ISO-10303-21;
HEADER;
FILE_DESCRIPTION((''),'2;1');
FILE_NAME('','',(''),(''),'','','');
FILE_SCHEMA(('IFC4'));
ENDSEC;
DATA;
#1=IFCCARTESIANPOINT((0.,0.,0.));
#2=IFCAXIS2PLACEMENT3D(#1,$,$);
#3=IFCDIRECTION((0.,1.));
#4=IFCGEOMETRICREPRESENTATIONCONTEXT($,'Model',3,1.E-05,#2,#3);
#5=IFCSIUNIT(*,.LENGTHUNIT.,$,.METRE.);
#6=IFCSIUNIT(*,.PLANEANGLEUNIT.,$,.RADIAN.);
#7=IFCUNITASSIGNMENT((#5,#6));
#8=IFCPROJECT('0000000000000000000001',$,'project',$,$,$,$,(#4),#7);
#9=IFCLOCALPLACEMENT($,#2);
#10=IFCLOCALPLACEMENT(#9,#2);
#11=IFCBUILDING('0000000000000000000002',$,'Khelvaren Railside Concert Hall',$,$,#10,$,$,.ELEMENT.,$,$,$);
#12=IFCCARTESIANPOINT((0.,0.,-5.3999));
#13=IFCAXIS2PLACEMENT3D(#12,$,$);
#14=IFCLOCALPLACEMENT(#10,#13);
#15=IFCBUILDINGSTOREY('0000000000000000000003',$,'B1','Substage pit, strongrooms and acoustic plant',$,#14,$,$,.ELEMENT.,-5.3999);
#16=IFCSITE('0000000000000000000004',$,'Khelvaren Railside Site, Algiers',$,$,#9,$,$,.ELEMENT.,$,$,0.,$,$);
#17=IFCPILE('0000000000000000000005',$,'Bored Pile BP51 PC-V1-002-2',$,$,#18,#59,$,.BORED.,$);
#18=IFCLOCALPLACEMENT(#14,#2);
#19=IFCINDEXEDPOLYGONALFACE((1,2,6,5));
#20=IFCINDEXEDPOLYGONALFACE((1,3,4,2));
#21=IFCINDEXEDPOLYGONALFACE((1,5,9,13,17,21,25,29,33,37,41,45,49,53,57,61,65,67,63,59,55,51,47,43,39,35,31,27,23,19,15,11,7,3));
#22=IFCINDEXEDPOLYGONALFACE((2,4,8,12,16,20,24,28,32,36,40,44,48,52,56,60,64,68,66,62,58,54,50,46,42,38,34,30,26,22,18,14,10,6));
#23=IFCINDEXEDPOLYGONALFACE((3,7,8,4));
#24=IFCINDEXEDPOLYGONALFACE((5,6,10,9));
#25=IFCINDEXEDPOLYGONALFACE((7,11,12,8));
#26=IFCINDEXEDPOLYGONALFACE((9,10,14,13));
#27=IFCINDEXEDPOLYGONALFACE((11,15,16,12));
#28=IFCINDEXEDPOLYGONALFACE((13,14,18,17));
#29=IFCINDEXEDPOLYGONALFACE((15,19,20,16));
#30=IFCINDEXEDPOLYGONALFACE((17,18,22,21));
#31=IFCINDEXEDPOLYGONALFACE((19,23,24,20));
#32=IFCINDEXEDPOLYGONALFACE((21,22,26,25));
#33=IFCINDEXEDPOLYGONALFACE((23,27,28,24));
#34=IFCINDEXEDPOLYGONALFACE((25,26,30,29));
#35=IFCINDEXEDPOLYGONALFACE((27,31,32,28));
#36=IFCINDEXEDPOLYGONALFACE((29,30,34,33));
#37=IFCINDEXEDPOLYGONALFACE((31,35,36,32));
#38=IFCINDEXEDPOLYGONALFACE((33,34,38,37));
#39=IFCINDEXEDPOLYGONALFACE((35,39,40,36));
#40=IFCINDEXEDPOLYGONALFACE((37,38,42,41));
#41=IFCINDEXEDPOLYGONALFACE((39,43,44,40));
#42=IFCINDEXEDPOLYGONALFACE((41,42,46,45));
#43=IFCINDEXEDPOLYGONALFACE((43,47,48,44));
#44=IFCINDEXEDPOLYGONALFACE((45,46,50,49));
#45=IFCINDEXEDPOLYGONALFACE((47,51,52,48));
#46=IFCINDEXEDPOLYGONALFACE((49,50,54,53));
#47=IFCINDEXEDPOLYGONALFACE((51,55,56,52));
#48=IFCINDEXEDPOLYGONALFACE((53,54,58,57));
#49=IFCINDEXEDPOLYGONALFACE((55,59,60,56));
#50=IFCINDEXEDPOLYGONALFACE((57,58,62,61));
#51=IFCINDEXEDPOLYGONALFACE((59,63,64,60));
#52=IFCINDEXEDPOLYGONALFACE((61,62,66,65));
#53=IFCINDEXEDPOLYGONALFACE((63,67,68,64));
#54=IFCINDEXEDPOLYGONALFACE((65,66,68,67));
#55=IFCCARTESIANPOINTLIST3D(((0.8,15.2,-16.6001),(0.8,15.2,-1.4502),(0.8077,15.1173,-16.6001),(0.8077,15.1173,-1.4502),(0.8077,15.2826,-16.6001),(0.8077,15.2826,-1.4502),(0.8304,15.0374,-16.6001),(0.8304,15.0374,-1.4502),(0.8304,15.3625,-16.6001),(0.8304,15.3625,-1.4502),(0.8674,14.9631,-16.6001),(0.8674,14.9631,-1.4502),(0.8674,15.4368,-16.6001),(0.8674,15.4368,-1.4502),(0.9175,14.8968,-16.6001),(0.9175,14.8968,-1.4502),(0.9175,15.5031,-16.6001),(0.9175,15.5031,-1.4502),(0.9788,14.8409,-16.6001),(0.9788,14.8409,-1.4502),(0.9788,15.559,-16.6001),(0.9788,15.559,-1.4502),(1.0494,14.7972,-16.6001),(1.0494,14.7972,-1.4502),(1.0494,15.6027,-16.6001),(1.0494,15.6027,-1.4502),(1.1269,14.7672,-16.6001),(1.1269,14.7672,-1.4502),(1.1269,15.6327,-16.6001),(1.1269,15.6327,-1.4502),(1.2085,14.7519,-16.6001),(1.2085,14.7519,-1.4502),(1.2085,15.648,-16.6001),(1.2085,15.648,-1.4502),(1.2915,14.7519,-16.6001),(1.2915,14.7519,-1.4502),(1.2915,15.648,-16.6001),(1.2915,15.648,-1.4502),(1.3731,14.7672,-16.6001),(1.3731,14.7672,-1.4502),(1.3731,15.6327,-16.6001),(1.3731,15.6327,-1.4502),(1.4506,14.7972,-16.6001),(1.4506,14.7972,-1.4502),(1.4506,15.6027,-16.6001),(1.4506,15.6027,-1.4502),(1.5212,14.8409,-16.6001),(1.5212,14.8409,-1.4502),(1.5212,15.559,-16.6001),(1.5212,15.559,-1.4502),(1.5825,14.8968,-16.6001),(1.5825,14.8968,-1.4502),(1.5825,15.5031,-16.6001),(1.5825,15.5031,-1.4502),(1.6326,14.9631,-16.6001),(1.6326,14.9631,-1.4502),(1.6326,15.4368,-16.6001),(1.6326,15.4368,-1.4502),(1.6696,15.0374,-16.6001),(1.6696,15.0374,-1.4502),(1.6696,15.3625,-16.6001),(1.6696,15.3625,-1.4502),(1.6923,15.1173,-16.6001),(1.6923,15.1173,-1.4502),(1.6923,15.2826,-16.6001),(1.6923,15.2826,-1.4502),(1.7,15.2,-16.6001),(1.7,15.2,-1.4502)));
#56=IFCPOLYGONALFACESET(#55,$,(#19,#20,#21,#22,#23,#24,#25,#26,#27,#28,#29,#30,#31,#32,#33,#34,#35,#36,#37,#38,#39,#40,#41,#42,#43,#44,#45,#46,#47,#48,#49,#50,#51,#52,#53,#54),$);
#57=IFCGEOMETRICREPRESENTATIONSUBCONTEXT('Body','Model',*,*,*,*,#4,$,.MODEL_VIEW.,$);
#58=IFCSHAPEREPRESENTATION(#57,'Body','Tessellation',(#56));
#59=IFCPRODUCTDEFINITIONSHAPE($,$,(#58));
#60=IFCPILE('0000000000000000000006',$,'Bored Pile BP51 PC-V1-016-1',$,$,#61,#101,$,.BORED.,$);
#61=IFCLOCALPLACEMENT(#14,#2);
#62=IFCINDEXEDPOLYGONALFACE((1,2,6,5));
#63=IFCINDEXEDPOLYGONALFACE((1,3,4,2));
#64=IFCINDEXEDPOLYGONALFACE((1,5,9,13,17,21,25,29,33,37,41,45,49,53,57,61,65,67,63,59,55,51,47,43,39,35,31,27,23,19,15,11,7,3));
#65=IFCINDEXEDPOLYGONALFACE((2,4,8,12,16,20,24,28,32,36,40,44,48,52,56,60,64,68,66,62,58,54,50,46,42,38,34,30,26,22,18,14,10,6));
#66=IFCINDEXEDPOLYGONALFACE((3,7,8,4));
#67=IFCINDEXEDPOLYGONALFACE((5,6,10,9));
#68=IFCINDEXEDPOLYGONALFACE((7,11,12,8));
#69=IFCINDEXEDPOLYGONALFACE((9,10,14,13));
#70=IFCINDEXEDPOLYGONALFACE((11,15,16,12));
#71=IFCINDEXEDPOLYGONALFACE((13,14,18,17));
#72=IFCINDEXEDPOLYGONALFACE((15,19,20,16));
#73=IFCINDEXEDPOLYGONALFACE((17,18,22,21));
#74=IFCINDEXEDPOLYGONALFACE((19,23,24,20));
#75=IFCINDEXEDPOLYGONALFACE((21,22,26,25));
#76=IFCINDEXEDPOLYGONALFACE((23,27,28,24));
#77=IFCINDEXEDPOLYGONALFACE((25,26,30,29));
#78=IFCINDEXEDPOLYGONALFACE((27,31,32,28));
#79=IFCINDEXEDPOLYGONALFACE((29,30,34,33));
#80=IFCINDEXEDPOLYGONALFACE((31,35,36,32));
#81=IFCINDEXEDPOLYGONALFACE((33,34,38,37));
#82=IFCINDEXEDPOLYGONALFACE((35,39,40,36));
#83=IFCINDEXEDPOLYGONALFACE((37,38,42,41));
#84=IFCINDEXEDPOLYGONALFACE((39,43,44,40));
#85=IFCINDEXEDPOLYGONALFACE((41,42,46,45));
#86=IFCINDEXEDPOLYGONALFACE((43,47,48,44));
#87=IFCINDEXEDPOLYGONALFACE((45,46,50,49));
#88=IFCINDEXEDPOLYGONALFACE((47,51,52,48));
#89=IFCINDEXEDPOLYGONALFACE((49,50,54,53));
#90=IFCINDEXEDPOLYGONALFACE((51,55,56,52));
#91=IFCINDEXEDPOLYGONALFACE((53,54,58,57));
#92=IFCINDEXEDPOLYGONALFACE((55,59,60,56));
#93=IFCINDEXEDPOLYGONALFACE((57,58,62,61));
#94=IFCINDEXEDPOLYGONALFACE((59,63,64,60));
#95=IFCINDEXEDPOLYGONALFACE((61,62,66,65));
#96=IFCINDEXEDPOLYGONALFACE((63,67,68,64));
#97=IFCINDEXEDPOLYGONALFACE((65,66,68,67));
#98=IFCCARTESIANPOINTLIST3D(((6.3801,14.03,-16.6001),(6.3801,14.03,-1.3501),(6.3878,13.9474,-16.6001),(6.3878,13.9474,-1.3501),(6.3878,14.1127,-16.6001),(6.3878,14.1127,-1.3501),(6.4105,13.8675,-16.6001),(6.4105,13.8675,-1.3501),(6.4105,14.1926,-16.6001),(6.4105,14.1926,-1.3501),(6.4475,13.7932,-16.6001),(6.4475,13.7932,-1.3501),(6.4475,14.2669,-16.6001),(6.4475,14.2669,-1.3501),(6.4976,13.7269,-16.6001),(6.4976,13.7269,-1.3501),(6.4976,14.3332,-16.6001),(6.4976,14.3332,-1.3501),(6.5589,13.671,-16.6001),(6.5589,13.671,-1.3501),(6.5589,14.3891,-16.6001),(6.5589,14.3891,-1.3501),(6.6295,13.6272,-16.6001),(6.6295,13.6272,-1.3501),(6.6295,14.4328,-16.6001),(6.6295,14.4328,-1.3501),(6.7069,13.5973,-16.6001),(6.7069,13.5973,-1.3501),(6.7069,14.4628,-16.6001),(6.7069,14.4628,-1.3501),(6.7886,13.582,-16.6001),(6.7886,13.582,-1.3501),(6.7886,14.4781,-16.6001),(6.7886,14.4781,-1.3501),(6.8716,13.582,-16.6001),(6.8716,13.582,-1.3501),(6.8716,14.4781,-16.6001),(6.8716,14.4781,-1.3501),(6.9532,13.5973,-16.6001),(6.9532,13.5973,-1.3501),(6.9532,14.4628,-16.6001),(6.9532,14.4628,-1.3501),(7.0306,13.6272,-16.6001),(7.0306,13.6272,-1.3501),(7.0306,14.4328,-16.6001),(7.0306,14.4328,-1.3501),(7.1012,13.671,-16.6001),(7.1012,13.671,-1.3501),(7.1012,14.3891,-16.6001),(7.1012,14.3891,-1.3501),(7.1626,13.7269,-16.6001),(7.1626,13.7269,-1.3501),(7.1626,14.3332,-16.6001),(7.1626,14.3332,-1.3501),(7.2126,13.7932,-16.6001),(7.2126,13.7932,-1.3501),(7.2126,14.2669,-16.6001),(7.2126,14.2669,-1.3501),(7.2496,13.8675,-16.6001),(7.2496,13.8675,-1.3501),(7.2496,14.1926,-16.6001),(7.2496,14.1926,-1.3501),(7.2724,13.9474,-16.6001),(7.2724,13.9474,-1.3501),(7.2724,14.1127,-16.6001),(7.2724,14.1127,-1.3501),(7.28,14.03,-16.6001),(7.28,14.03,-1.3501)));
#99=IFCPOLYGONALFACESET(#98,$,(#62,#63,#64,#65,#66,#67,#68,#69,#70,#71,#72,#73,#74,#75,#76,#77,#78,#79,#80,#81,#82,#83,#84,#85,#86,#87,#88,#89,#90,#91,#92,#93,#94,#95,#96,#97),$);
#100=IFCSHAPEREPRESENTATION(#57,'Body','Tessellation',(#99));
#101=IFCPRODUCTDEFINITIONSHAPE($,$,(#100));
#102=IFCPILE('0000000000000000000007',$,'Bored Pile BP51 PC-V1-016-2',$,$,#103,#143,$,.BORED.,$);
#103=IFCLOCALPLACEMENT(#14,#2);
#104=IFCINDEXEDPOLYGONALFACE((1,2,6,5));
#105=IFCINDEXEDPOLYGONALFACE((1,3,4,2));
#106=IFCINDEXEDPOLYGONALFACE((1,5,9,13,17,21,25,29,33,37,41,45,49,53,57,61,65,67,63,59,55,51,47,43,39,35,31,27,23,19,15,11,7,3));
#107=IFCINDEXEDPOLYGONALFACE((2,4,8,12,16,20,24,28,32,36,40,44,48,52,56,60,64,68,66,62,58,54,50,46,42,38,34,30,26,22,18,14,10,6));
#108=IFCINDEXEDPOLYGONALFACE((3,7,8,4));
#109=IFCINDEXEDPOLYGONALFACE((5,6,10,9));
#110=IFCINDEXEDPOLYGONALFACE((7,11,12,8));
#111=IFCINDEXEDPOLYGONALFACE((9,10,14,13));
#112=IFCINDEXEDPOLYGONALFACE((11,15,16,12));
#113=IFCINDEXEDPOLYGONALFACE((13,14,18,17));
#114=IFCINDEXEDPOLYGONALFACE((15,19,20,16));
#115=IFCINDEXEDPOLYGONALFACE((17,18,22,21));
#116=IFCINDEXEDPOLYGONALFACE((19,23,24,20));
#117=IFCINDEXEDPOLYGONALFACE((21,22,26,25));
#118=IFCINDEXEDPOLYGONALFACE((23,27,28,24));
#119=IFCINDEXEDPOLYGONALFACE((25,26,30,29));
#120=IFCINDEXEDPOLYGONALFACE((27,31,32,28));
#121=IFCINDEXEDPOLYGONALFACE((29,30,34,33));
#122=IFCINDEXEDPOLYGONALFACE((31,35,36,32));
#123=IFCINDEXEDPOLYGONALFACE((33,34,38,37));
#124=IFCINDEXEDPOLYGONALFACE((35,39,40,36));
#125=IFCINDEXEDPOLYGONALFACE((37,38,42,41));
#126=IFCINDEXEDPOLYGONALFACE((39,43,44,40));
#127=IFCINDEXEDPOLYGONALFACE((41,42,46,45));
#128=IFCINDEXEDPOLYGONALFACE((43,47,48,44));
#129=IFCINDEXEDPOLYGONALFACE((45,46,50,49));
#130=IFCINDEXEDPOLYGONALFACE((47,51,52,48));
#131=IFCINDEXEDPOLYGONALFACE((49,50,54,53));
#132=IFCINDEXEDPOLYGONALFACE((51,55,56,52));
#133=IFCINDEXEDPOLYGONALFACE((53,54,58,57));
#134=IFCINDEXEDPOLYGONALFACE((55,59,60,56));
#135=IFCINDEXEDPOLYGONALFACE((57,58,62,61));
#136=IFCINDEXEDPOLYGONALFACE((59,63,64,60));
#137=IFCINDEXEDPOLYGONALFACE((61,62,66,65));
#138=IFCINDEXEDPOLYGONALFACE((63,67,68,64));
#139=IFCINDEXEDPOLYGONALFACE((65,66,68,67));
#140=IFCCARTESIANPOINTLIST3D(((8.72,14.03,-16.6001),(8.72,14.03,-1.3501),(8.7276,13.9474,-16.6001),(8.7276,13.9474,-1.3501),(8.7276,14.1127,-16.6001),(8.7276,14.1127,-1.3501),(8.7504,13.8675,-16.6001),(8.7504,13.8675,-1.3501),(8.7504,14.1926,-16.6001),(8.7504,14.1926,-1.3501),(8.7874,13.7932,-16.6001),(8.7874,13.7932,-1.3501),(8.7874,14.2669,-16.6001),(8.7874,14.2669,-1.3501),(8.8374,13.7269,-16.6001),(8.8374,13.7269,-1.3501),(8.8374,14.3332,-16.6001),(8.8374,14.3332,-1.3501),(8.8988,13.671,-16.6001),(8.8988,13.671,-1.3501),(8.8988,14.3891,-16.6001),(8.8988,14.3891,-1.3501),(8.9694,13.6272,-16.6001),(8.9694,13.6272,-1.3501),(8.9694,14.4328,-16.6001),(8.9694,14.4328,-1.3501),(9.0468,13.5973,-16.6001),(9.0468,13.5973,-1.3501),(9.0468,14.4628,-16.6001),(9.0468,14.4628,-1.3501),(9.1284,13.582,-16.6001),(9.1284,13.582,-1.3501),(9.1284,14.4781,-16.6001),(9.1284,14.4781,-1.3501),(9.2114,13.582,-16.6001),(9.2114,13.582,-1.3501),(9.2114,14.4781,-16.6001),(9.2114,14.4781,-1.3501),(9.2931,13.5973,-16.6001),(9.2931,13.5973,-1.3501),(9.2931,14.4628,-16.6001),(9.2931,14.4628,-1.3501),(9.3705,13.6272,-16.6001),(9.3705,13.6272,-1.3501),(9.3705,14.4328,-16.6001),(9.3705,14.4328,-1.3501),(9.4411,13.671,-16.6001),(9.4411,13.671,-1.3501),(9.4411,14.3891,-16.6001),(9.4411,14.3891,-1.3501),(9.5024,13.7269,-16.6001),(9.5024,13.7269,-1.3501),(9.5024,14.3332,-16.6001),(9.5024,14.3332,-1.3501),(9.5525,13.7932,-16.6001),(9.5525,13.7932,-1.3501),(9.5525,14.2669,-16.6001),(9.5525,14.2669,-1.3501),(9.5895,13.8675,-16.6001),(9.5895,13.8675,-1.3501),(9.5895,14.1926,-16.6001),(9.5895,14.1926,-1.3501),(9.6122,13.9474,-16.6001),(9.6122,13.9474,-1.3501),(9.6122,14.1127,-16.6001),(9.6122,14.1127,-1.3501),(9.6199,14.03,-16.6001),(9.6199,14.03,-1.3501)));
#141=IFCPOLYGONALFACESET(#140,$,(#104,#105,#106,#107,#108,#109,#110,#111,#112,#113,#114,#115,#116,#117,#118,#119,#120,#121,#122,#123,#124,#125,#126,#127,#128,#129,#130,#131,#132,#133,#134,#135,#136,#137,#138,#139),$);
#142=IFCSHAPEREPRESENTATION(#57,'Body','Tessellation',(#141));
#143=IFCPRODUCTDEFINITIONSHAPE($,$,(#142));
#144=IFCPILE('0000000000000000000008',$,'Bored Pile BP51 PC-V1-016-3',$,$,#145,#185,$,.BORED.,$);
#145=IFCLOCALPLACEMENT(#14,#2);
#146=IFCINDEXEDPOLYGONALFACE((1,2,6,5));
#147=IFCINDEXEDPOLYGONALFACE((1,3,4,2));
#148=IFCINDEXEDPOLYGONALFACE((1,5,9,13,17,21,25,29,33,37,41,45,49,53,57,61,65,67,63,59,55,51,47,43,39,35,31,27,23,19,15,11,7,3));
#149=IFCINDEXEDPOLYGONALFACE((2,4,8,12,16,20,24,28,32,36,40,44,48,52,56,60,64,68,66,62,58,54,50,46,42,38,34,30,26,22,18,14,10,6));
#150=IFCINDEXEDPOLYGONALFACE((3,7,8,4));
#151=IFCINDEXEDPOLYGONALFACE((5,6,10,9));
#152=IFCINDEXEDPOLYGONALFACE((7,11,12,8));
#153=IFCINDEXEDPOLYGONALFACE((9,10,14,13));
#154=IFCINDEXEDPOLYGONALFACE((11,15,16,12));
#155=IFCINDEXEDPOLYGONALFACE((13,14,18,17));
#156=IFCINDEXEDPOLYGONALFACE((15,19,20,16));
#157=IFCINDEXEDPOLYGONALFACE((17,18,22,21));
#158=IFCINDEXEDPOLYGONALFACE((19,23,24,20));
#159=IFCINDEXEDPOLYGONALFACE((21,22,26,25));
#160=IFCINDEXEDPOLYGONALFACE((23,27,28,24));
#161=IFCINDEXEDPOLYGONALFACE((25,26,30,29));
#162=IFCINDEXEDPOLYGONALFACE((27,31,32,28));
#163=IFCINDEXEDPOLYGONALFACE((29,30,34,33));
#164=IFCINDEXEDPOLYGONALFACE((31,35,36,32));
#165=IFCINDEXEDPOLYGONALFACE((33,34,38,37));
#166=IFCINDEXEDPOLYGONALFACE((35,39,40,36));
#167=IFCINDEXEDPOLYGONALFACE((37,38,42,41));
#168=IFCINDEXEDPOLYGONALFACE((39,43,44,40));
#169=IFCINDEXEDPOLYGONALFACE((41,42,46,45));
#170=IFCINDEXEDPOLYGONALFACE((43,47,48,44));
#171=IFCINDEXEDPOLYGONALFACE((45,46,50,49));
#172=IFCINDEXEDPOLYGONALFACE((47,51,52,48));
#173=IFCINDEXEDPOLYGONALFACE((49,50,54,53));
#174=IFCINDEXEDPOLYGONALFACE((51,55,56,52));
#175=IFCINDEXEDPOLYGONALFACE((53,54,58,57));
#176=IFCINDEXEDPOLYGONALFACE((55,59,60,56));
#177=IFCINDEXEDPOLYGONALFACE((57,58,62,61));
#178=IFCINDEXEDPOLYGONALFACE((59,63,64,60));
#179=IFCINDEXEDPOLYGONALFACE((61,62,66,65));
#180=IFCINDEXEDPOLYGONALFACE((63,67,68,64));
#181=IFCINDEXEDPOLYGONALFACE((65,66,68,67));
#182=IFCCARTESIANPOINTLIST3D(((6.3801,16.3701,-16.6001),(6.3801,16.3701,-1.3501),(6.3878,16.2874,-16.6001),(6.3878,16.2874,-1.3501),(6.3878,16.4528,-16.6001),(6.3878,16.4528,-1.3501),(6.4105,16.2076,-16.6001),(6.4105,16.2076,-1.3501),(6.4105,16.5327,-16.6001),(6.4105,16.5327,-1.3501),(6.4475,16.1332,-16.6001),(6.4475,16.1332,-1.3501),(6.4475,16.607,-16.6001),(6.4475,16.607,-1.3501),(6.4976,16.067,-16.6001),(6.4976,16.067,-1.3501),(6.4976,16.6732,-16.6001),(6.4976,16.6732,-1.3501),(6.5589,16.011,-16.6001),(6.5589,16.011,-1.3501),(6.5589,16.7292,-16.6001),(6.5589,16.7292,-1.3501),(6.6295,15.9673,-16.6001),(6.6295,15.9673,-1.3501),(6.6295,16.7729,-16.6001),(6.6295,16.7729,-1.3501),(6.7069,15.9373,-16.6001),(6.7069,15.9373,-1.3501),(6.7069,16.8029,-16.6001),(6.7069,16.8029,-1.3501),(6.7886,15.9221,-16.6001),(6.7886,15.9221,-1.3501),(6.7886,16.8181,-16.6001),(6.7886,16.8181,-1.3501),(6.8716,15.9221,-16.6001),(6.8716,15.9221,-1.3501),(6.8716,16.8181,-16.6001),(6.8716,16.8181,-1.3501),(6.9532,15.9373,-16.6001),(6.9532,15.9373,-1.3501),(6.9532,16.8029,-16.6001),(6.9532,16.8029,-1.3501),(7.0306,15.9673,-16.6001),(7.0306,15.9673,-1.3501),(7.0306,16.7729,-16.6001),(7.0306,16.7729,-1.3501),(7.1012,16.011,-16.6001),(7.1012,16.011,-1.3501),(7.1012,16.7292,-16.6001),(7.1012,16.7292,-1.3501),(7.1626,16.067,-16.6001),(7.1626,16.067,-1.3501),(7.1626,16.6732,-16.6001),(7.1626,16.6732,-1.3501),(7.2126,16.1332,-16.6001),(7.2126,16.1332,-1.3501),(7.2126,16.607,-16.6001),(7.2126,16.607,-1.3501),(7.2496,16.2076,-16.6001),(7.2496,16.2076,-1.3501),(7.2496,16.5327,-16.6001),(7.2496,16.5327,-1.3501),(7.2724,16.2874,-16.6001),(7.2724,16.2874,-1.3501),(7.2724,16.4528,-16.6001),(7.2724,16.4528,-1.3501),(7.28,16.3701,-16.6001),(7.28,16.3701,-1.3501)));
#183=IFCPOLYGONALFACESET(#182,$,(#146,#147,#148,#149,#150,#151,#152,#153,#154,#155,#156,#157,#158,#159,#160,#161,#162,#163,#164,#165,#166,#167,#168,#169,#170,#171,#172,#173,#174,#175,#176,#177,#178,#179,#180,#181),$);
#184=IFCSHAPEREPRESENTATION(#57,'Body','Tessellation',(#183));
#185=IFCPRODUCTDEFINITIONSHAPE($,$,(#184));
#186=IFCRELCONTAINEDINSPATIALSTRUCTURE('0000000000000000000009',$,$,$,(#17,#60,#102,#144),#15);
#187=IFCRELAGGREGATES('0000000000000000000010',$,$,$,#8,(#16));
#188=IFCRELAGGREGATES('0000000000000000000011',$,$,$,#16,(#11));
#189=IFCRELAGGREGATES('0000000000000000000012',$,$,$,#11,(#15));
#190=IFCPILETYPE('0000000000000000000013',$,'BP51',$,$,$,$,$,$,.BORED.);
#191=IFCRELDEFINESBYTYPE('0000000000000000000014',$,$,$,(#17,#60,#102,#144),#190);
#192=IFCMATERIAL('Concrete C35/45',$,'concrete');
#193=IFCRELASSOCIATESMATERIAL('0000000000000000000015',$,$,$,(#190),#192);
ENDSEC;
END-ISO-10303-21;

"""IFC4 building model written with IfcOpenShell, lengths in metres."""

from ifc_helpers import new_model, si_unit, direction, frame, origin, origin_2d, place, context, subcontext, project, spatial, circle, extrude, material, material_profile, profile_set, type_object, element, save


model = new_model("IFC4")

# Units and contexts
model_context = context("Model", 3, precision=1e-05, world=origin(), true_north=direction((0.0, 1.0)))
body_context = subcontext(model_context, "Body", "Model", "MODEL_VIEW")
ifc_project = project(units=[si_unit("LENGTHUNIT", "METRE"), si_unit("PLANEANGLEUNIT", "RADIAN")], contexts=[model_context])

# Site, building, storey
site_placement = place(None, origin())
site = spatial("IfcSite", under=ifc_project, at=site_placement, Name="Khelvaren Railside Site, Algiers", CompositionType="ELEMENT", RefElevation=0.0)
building_placement = place(site_placement, origin())
building = spatial("IfcBuilding", under=site, at=building_placement, Name="Khelvaren Railside Concert Hall", CompositionType="ELEMENT")
storey_placement = place(building_placement, frame((0.0, 0.0, -5.3999)))
storey = spatial("IfcBuildingStorey", under=building, at=storey_placement, Name="B1", Description="Substage pit, strongrooms and acoustic plant", CompositionType="ELEMENT", Elevation=-5.3999)

# Piles
ifc_material_1 = material(Name="Concrete C35/45", Category="concrete")
ifc_material_profile_1 = material_profile(ifc_material_1, circle(Radius=0.45, at=origin_2d()), Name="BP D900")
ifc_profile_set_1 = profile_set([ifc_material_profile_1], Name="Concrete C35/45")
pile_type_1 = type_object("IfcPileType", Name="BP51", PredefinedType="BORED", material=ifc_profile_set_1)
pile_placement = place(storey_placement, frame((1.25, 15.2, -1.4502), z_axis=(0.0, 0.0, -1.0), x_axis=(1.0, 0.0, 0.0)))
element("IfcPile", 1, at=pile_placement, inside=storey, type_object=pile_type_1, Name="Bored Pile BP51 PC-V1-002-2", PredefinedType="BORED", context=body_context, shape_type="SweptSolid", body=[
    extrude(circle(Radius=0.45, at=origin_2d()), origin(), (0.0, 0.0, 1.0), 15.1499),
])
for number, where, z_axis, x_axis, name in (
    (2, (6.8301, 14.03, -1.3501), (0.0, 0.0, -1.0), (1.0, 0.0, 0.0), "Bored Pile BP51 PC-V1-016-1"),
    (3, (9.1699, 14.03, -1.3501), (0.0, 0.0, -1.0), (1.0, 0.0, 0.0), "Bored Pile BP51 PC-V1-016-2"),
    (4, (6.8301, 16.3701, -1.3501), (0.0, 0.0, -1.0), (1.0, 0.0, 0.0), "Bored Pile BP51 PC-V1-016-3"),
):
    element("IfcPile", number, at=place(storey_placement, frame(where, z_axis=z_axis, x_axis=x_axis)), inside=storey, type_object=pile_type_1, Name=name, PredefinedType="BORED", context=body_context, shape_type="SweptSolid", body=[
        extrude(circle(Radius=0.45, at=origin_2d()), origin(), (0.0, 0.0, 1.0), 15.25),
    ])

save(model, "model.ifc")
